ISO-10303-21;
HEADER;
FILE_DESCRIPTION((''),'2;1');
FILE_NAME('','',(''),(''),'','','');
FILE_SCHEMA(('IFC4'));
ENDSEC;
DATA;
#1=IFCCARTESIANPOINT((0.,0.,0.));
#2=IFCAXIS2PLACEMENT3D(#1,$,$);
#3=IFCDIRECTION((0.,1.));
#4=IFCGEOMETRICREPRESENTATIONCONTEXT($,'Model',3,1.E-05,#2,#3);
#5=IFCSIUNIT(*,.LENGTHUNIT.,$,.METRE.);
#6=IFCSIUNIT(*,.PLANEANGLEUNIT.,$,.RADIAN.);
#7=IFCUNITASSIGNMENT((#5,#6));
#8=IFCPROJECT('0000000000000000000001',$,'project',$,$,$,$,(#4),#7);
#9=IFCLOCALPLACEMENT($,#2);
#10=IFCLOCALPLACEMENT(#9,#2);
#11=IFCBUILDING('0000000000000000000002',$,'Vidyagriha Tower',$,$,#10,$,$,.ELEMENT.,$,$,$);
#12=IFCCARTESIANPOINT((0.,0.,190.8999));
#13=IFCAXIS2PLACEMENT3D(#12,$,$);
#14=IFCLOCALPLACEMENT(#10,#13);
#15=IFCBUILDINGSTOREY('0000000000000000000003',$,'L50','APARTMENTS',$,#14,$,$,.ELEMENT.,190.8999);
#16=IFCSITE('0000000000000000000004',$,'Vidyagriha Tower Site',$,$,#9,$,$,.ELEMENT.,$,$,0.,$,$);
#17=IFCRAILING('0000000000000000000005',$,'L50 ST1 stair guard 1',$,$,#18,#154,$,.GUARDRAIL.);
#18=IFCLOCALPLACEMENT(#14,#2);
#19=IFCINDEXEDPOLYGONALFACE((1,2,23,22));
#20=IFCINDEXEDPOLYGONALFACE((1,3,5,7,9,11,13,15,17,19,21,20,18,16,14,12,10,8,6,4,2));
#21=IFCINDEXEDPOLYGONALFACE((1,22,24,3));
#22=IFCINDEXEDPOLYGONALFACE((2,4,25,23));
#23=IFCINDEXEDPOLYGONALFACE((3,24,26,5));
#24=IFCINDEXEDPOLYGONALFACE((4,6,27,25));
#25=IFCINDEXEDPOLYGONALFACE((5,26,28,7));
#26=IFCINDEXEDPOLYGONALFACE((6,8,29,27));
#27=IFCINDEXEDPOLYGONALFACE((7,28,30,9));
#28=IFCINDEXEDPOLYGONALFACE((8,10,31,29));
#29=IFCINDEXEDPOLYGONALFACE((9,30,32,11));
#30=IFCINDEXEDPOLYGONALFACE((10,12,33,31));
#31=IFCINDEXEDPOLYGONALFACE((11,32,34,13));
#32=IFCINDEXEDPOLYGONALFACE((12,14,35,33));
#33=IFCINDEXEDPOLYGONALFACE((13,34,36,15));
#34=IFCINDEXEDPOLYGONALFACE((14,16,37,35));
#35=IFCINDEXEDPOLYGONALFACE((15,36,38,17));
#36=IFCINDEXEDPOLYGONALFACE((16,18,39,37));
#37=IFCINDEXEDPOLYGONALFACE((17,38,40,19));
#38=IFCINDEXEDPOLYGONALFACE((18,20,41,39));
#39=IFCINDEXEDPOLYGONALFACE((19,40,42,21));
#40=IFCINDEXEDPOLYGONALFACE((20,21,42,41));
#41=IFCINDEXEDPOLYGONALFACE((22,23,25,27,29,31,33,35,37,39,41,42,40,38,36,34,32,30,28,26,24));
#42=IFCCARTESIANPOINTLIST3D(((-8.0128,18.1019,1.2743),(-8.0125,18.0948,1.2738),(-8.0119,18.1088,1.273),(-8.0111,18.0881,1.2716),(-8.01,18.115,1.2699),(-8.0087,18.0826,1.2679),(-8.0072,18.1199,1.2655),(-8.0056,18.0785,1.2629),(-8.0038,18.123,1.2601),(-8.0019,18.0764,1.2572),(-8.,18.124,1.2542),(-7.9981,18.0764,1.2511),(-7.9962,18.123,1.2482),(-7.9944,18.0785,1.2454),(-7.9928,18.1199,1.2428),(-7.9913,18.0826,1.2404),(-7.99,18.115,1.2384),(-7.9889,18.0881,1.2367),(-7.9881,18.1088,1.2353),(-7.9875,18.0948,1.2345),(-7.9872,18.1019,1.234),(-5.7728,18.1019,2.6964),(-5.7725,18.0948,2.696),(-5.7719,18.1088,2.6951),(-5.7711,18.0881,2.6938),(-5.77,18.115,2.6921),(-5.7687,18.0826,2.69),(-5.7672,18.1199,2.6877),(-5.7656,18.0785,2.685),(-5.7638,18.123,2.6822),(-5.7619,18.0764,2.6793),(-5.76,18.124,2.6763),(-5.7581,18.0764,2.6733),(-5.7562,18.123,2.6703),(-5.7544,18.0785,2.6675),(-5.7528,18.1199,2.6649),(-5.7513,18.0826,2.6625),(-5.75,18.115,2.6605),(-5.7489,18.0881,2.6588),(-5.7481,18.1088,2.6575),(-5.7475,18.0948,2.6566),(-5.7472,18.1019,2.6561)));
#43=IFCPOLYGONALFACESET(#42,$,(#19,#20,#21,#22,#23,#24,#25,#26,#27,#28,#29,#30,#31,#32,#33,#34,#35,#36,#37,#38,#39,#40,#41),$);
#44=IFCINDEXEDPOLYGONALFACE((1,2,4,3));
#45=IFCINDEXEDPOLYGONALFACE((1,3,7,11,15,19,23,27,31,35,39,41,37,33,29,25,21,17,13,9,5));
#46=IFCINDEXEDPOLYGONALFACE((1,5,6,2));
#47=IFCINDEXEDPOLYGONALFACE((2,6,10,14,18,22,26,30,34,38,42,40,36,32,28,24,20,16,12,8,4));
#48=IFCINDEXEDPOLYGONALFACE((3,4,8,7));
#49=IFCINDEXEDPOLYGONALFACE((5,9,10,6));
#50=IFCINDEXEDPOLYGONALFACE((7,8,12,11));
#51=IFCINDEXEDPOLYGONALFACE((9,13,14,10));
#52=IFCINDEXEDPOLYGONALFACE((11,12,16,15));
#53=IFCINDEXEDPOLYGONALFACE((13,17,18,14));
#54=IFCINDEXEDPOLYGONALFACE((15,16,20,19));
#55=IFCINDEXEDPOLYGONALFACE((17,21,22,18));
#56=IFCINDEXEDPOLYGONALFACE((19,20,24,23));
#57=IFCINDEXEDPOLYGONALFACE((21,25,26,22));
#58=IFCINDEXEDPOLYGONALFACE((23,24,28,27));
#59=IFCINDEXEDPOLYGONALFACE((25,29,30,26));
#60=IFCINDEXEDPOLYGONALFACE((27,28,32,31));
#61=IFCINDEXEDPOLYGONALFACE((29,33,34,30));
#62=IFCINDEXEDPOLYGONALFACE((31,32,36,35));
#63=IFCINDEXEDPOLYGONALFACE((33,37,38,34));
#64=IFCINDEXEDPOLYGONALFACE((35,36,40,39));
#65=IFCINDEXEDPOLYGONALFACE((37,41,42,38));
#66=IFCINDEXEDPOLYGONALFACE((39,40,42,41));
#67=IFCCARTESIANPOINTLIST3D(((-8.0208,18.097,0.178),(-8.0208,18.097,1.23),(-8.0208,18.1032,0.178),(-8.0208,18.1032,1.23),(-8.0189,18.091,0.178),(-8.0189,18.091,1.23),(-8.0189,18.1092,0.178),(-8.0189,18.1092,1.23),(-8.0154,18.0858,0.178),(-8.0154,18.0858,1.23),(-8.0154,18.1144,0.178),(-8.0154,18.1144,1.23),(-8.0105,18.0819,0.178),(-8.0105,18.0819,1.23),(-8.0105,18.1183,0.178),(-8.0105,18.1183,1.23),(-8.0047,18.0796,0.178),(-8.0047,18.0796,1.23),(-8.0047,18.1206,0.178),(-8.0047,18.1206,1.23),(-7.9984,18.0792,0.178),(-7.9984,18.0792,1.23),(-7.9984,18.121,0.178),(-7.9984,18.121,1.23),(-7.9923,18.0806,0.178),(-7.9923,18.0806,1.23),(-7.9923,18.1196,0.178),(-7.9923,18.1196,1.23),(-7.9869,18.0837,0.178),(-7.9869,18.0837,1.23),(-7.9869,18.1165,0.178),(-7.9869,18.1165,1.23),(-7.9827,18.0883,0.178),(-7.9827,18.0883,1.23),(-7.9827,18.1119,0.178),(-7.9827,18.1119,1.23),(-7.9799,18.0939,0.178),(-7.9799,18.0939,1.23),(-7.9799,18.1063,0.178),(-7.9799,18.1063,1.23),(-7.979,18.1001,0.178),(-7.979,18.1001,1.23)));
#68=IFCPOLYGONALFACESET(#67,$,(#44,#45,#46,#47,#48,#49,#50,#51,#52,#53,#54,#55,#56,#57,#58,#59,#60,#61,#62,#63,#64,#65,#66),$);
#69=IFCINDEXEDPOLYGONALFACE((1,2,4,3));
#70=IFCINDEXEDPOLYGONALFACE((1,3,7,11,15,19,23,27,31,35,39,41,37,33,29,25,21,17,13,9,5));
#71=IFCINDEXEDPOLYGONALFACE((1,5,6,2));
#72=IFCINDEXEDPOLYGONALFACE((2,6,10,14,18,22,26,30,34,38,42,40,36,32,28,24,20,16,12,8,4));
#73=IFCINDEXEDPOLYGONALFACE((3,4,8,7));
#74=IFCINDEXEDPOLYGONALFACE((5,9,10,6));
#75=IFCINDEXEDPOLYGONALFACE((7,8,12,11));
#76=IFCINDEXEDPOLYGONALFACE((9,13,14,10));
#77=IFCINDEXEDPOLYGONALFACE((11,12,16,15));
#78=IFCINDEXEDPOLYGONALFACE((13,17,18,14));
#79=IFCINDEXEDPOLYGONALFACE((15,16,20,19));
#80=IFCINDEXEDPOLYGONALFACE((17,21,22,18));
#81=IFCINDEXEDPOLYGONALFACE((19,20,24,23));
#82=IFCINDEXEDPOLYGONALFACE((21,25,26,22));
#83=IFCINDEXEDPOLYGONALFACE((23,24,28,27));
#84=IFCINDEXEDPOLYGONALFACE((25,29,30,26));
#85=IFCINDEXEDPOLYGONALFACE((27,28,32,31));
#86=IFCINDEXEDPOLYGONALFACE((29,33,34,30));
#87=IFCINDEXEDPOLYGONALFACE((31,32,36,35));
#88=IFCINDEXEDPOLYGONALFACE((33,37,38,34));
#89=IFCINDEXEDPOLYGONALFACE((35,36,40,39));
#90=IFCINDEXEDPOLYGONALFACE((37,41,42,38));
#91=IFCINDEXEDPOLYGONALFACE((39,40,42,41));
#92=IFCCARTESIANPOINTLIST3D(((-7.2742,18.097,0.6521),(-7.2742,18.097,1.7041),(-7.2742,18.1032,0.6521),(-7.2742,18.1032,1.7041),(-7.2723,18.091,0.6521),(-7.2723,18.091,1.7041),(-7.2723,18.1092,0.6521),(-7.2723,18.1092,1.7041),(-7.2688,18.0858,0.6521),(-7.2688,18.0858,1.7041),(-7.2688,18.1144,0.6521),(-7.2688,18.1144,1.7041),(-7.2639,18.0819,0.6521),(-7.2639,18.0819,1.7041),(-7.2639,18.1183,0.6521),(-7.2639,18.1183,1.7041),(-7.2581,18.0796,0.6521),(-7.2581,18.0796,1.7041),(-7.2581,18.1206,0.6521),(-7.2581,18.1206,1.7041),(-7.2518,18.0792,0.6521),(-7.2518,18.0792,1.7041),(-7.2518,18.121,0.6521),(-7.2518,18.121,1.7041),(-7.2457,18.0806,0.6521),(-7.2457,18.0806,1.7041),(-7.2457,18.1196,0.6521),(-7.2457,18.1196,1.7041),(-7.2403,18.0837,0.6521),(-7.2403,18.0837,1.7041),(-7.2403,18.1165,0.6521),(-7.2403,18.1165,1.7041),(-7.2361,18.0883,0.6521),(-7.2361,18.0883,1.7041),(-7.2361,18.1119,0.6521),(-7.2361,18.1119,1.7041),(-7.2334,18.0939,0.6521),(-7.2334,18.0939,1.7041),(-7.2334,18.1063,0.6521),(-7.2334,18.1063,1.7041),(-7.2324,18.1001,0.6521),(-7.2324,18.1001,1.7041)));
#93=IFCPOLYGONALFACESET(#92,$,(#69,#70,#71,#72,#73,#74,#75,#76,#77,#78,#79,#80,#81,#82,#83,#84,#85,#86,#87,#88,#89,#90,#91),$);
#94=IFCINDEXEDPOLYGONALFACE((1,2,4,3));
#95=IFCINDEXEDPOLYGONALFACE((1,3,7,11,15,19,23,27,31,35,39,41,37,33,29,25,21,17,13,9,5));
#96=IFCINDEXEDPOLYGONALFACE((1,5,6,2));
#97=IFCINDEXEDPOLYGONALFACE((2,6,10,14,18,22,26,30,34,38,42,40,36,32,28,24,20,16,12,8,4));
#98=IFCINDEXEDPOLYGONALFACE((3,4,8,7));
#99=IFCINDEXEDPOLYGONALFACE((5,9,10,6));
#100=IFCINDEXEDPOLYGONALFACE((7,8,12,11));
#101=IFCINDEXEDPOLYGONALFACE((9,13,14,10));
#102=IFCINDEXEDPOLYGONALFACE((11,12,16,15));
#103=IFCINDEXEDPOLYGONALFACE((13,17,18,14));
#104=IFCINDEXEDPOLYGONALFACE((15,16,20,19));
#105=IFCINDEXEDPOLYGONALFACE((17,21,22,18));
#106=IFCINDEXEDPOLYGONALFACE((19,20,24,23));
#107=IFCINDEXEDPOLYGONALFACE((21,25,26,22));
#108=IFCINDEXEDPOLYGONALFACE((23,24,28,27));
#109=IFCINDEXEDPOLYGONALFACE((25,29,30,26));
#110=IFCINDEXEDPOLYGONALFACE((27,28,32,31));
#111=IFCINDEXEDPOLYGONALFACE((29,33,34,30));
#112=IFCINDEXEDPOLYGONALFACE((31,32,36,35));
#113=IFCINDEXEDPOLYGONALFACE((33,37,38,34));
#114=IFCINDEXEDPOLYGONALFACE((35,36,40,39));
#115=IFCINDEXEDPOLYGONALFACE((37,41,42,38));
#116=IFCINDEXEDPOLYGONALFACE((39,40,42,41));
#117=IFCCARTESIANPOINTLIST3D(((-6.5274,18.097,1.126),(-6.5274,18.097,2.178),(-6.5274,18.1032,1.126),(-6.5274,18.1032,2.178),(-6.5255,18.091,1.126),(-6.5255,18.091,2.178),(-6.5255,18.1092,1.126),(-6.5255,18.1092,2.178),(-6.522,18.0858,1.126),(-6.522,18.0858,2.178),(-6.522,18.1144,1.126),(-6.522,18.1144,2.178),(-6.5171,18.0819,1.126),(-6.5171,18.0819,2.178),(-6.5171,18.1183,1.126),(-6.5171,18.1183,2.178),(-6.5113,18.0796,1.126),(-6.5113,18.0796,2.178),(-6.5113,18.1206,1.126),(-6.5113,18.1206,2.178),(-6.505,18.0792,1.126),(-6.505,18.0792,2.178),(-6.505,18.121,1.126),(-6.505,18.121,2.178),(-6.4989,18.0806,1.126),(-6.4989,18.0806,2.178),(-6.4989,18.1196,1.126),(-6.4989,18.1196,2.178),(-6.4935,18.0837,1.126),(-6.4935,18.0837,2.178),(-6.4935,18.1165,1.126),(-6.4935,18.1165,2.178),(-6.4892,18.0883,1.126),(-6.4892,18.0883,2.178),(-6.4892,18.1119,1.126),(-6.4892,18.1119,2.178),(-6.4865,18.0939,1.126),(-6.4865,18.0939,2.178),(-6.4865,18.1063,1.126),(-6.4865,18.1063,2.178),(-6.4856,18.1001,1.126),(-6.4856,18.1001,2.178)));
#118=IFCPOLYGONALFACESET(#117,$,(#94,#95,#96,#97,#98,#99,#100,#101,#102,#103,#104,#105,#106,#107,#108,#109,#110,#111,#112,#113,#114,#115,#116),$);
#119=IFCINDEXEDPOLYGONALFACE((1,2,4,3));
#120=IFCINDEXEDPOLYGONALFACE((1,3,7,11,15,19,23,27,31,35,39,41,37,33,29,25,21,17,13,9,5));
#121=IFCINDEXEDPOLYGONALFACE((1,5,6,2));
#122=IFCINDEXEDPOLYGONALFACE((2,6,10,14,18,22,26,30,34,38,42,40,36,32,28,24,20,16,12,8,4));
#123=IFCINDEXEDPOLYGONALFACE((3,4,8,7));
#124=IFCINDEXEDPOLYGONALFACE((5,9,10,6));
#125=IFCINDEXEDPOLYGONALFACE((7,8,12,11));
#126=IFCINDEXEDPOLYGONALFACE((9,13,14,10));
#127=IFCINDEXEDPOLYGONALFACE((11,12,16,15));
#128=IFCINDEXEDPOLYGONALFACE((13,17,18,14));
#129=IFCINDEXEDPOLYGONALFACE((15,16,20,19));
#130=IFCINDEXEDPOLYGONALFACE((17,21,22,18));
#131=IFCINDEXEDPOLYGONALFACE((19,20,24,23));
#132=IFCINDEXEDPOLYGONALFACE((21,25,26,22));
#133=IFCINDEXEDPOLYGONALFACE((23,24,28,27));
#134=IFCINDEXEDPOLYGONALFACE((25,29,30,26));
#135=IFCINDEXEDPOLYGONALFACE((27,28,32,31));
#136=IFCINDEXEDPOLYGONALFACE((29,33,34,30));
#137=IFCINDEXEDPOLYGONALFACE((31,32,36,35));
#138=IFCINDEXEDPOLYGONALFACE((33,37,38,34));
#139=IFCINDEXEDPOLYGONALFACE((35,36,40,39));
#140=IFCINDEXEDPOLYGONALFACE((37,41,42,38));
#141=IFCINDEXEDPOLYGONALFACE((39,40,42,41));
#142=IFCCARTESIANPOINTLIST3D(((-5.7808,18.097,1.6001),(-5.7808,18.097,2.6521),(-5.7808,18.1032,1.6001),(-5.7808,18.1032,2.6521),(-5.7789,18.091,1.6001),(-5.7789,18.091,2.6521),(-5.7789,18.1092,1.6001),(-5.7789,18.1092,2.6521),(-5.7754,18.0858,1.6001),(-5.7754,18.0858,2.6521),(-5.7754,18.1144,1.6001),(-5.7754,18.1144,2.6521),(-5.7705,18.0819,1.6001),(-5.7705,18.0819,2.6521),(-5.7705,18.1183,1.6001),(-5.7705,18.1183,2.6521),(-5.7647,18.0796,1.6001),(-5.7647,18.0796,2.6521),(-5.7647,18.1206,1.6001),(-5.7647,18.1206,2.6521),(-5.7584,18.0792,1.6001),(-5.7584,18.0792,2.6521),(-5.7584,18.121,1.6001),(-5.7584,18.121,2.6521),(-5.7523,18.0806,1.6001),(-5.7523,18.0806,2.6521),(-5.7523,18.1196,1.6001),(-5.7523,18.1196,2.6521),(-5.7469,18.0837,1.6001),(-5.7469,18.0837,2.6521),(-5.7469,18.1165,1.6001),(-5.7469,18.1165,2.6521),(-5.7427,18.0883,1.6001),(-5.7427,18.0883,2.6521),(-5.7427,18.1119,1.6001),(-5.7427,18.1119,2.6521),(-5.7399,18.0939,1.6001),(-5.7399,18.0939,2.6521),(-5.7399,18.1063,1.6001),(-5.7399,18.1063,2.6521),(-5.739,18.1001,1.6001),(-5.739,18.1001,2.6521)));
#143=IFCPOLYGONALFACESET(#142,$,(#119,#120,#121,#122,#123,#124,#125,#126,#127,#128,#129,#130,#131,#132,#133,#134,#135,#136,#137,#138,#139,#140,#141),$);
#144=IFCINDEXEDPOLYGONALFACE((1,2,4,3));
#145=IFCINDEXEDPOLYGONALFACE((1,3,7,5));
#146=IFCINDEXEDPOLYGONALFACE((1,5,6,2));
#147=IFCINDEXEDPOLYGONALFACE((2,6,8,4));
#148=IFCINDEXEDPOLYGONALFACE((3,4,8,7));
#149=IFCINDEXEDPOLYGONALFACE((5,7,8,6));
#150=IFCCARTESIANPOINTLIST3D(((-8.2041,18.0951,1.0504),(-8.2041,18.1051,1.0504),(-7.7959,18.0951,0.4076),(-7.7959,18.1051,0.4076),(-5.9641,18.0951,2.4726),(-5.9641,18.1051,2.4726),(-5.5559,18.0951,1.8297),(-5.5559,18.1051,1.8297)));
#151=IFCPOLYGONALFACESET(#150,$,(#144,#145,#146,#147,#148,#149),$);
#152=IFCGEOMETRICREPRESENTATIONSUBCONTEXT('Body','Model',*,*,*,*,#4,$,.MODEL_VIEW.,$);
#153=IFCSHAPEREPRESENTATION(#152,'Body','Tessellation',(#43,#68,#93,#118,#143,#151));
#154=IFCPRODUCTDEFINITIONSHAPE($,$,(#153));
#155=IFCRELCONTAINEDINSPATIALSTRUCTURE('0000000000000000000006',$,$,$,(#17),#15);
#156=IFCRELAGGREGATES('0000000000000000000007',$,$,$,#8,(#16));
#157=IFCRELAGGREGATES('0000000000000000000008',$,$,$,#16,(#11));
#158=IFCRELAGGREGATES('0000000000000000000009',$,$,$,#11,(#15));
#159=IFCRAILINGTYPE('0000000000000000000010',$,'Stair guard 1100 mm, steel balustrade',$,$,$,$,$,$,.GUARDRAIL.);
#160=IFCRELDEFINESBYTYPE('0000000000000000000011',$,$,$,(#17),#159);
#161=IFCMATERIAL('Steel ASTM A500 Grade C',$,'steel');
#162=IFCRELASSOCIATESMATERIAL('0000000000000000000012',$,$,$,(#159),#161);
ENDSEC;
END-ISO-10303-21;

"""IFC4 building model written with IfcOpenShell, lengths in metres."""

from ifc_helpers import new_model, si_unit, direction, frame, origin, origin_2d, place, context, subcontext, project, spatial, rectangle, circle, extrude, material, type_object, element, save


model = new_model("IFC4")

# Units and contexts
model_context = context("Model", 3, precision=1e-05, world=origin(), true_north=direction((0.0, 1.0)))
body_context = subcontext(model_context, "Body", "Model", "MODEL_VIEW")
ifc_project = project(units=[si_unit("LENGTHUNIT", "METRE"), si_unit("PLANEANGLEUNIT", "RADIAN")], contexts=[model_context])

# Site, building, storey
site_placement = place(None, origin())
site = spatial("IfcSite", under=ifc_project, at=site_placement, Name="Vidyagriha Tower Site", CompositionType="ELEMENT", RefElevation=0.0)
building_placement = place(site_placement, origin())
building = spatial("IfcBuilding", under=site, at=building_placement, Name="Vidyagriha Tower", CompositionType="ELEMENT")
storey_placement = place(building_placement, frame((0.0, 0.0, 190.8999)))
storey = spatial("IfcBuildingStorey", under=building, at=storey_placement, Name="L50", Description="APARTMENTS", CompositionType="ELEMENT", Elevation=190.8999)

# Railing
ifc_material_1 = material(Name="Steel ASTM A500 Grade C", Category="steel")
railing_type_1 = type_object("IfcRailingType", Name="Stair guard 1100 mm, steel balustrade", PredefinedType="GUARDRAIL", material=ifc_material_1)
railing_1_placement = place(storey_placement, frame((-8.0, 18.1001, 0.178)))
element("IfcRailing", 1, at=railing_1_placement, inside=storey, type_object=railing_type_1, Name="L50 ST1 stair guard 1", PredefinedType="GUARDRAIL", context=body_context, shape_type="SweptSolid", body=[
    extrude(circle(Radius=0.0239, at=origin_2d()), frame((0.0, 0.0, 1.0762), z_axis=(0.844229, 0.0, 0.535982), x_axis=(0.0, 1.0, 0.0)), (0.0, 0.0, 1.0), 2.6533),
    extrude(circle(Radius=0.021, at=origin_2d()), origin(), (0.0, 0.0, 1.0), 1.052),
    extrude(circle(Radius=0.021, at=origin_2d()), frame((0.7466, 0.0, 0.4741)), (0.0, 0.0, 1.0), 1.052),
    extrude(circle(Radius=0.021, at=origin_2d()), frame((1.4934, 0.0, 0.948)), (0.0, 0.0, 1.0), 1.052),
    extrude(circle(Radius=0.021, at=origin_2d()), frame((2.24, 0.0, 1.4221)), (0.0, 0.0, 1.0), 1.052),
    extrude(rectangle(XDim=0.01, YDim=0.7615, at=origin_2d()), frame((0.0, 0.0, 0.551), z_axis=(0.844229, 0.0, 0.535982), x_axis=(0.0, 1.0, 0.0)), (0.0, 0.0, 1.0), 2.6533),
])

save(model, "model.ifc")
